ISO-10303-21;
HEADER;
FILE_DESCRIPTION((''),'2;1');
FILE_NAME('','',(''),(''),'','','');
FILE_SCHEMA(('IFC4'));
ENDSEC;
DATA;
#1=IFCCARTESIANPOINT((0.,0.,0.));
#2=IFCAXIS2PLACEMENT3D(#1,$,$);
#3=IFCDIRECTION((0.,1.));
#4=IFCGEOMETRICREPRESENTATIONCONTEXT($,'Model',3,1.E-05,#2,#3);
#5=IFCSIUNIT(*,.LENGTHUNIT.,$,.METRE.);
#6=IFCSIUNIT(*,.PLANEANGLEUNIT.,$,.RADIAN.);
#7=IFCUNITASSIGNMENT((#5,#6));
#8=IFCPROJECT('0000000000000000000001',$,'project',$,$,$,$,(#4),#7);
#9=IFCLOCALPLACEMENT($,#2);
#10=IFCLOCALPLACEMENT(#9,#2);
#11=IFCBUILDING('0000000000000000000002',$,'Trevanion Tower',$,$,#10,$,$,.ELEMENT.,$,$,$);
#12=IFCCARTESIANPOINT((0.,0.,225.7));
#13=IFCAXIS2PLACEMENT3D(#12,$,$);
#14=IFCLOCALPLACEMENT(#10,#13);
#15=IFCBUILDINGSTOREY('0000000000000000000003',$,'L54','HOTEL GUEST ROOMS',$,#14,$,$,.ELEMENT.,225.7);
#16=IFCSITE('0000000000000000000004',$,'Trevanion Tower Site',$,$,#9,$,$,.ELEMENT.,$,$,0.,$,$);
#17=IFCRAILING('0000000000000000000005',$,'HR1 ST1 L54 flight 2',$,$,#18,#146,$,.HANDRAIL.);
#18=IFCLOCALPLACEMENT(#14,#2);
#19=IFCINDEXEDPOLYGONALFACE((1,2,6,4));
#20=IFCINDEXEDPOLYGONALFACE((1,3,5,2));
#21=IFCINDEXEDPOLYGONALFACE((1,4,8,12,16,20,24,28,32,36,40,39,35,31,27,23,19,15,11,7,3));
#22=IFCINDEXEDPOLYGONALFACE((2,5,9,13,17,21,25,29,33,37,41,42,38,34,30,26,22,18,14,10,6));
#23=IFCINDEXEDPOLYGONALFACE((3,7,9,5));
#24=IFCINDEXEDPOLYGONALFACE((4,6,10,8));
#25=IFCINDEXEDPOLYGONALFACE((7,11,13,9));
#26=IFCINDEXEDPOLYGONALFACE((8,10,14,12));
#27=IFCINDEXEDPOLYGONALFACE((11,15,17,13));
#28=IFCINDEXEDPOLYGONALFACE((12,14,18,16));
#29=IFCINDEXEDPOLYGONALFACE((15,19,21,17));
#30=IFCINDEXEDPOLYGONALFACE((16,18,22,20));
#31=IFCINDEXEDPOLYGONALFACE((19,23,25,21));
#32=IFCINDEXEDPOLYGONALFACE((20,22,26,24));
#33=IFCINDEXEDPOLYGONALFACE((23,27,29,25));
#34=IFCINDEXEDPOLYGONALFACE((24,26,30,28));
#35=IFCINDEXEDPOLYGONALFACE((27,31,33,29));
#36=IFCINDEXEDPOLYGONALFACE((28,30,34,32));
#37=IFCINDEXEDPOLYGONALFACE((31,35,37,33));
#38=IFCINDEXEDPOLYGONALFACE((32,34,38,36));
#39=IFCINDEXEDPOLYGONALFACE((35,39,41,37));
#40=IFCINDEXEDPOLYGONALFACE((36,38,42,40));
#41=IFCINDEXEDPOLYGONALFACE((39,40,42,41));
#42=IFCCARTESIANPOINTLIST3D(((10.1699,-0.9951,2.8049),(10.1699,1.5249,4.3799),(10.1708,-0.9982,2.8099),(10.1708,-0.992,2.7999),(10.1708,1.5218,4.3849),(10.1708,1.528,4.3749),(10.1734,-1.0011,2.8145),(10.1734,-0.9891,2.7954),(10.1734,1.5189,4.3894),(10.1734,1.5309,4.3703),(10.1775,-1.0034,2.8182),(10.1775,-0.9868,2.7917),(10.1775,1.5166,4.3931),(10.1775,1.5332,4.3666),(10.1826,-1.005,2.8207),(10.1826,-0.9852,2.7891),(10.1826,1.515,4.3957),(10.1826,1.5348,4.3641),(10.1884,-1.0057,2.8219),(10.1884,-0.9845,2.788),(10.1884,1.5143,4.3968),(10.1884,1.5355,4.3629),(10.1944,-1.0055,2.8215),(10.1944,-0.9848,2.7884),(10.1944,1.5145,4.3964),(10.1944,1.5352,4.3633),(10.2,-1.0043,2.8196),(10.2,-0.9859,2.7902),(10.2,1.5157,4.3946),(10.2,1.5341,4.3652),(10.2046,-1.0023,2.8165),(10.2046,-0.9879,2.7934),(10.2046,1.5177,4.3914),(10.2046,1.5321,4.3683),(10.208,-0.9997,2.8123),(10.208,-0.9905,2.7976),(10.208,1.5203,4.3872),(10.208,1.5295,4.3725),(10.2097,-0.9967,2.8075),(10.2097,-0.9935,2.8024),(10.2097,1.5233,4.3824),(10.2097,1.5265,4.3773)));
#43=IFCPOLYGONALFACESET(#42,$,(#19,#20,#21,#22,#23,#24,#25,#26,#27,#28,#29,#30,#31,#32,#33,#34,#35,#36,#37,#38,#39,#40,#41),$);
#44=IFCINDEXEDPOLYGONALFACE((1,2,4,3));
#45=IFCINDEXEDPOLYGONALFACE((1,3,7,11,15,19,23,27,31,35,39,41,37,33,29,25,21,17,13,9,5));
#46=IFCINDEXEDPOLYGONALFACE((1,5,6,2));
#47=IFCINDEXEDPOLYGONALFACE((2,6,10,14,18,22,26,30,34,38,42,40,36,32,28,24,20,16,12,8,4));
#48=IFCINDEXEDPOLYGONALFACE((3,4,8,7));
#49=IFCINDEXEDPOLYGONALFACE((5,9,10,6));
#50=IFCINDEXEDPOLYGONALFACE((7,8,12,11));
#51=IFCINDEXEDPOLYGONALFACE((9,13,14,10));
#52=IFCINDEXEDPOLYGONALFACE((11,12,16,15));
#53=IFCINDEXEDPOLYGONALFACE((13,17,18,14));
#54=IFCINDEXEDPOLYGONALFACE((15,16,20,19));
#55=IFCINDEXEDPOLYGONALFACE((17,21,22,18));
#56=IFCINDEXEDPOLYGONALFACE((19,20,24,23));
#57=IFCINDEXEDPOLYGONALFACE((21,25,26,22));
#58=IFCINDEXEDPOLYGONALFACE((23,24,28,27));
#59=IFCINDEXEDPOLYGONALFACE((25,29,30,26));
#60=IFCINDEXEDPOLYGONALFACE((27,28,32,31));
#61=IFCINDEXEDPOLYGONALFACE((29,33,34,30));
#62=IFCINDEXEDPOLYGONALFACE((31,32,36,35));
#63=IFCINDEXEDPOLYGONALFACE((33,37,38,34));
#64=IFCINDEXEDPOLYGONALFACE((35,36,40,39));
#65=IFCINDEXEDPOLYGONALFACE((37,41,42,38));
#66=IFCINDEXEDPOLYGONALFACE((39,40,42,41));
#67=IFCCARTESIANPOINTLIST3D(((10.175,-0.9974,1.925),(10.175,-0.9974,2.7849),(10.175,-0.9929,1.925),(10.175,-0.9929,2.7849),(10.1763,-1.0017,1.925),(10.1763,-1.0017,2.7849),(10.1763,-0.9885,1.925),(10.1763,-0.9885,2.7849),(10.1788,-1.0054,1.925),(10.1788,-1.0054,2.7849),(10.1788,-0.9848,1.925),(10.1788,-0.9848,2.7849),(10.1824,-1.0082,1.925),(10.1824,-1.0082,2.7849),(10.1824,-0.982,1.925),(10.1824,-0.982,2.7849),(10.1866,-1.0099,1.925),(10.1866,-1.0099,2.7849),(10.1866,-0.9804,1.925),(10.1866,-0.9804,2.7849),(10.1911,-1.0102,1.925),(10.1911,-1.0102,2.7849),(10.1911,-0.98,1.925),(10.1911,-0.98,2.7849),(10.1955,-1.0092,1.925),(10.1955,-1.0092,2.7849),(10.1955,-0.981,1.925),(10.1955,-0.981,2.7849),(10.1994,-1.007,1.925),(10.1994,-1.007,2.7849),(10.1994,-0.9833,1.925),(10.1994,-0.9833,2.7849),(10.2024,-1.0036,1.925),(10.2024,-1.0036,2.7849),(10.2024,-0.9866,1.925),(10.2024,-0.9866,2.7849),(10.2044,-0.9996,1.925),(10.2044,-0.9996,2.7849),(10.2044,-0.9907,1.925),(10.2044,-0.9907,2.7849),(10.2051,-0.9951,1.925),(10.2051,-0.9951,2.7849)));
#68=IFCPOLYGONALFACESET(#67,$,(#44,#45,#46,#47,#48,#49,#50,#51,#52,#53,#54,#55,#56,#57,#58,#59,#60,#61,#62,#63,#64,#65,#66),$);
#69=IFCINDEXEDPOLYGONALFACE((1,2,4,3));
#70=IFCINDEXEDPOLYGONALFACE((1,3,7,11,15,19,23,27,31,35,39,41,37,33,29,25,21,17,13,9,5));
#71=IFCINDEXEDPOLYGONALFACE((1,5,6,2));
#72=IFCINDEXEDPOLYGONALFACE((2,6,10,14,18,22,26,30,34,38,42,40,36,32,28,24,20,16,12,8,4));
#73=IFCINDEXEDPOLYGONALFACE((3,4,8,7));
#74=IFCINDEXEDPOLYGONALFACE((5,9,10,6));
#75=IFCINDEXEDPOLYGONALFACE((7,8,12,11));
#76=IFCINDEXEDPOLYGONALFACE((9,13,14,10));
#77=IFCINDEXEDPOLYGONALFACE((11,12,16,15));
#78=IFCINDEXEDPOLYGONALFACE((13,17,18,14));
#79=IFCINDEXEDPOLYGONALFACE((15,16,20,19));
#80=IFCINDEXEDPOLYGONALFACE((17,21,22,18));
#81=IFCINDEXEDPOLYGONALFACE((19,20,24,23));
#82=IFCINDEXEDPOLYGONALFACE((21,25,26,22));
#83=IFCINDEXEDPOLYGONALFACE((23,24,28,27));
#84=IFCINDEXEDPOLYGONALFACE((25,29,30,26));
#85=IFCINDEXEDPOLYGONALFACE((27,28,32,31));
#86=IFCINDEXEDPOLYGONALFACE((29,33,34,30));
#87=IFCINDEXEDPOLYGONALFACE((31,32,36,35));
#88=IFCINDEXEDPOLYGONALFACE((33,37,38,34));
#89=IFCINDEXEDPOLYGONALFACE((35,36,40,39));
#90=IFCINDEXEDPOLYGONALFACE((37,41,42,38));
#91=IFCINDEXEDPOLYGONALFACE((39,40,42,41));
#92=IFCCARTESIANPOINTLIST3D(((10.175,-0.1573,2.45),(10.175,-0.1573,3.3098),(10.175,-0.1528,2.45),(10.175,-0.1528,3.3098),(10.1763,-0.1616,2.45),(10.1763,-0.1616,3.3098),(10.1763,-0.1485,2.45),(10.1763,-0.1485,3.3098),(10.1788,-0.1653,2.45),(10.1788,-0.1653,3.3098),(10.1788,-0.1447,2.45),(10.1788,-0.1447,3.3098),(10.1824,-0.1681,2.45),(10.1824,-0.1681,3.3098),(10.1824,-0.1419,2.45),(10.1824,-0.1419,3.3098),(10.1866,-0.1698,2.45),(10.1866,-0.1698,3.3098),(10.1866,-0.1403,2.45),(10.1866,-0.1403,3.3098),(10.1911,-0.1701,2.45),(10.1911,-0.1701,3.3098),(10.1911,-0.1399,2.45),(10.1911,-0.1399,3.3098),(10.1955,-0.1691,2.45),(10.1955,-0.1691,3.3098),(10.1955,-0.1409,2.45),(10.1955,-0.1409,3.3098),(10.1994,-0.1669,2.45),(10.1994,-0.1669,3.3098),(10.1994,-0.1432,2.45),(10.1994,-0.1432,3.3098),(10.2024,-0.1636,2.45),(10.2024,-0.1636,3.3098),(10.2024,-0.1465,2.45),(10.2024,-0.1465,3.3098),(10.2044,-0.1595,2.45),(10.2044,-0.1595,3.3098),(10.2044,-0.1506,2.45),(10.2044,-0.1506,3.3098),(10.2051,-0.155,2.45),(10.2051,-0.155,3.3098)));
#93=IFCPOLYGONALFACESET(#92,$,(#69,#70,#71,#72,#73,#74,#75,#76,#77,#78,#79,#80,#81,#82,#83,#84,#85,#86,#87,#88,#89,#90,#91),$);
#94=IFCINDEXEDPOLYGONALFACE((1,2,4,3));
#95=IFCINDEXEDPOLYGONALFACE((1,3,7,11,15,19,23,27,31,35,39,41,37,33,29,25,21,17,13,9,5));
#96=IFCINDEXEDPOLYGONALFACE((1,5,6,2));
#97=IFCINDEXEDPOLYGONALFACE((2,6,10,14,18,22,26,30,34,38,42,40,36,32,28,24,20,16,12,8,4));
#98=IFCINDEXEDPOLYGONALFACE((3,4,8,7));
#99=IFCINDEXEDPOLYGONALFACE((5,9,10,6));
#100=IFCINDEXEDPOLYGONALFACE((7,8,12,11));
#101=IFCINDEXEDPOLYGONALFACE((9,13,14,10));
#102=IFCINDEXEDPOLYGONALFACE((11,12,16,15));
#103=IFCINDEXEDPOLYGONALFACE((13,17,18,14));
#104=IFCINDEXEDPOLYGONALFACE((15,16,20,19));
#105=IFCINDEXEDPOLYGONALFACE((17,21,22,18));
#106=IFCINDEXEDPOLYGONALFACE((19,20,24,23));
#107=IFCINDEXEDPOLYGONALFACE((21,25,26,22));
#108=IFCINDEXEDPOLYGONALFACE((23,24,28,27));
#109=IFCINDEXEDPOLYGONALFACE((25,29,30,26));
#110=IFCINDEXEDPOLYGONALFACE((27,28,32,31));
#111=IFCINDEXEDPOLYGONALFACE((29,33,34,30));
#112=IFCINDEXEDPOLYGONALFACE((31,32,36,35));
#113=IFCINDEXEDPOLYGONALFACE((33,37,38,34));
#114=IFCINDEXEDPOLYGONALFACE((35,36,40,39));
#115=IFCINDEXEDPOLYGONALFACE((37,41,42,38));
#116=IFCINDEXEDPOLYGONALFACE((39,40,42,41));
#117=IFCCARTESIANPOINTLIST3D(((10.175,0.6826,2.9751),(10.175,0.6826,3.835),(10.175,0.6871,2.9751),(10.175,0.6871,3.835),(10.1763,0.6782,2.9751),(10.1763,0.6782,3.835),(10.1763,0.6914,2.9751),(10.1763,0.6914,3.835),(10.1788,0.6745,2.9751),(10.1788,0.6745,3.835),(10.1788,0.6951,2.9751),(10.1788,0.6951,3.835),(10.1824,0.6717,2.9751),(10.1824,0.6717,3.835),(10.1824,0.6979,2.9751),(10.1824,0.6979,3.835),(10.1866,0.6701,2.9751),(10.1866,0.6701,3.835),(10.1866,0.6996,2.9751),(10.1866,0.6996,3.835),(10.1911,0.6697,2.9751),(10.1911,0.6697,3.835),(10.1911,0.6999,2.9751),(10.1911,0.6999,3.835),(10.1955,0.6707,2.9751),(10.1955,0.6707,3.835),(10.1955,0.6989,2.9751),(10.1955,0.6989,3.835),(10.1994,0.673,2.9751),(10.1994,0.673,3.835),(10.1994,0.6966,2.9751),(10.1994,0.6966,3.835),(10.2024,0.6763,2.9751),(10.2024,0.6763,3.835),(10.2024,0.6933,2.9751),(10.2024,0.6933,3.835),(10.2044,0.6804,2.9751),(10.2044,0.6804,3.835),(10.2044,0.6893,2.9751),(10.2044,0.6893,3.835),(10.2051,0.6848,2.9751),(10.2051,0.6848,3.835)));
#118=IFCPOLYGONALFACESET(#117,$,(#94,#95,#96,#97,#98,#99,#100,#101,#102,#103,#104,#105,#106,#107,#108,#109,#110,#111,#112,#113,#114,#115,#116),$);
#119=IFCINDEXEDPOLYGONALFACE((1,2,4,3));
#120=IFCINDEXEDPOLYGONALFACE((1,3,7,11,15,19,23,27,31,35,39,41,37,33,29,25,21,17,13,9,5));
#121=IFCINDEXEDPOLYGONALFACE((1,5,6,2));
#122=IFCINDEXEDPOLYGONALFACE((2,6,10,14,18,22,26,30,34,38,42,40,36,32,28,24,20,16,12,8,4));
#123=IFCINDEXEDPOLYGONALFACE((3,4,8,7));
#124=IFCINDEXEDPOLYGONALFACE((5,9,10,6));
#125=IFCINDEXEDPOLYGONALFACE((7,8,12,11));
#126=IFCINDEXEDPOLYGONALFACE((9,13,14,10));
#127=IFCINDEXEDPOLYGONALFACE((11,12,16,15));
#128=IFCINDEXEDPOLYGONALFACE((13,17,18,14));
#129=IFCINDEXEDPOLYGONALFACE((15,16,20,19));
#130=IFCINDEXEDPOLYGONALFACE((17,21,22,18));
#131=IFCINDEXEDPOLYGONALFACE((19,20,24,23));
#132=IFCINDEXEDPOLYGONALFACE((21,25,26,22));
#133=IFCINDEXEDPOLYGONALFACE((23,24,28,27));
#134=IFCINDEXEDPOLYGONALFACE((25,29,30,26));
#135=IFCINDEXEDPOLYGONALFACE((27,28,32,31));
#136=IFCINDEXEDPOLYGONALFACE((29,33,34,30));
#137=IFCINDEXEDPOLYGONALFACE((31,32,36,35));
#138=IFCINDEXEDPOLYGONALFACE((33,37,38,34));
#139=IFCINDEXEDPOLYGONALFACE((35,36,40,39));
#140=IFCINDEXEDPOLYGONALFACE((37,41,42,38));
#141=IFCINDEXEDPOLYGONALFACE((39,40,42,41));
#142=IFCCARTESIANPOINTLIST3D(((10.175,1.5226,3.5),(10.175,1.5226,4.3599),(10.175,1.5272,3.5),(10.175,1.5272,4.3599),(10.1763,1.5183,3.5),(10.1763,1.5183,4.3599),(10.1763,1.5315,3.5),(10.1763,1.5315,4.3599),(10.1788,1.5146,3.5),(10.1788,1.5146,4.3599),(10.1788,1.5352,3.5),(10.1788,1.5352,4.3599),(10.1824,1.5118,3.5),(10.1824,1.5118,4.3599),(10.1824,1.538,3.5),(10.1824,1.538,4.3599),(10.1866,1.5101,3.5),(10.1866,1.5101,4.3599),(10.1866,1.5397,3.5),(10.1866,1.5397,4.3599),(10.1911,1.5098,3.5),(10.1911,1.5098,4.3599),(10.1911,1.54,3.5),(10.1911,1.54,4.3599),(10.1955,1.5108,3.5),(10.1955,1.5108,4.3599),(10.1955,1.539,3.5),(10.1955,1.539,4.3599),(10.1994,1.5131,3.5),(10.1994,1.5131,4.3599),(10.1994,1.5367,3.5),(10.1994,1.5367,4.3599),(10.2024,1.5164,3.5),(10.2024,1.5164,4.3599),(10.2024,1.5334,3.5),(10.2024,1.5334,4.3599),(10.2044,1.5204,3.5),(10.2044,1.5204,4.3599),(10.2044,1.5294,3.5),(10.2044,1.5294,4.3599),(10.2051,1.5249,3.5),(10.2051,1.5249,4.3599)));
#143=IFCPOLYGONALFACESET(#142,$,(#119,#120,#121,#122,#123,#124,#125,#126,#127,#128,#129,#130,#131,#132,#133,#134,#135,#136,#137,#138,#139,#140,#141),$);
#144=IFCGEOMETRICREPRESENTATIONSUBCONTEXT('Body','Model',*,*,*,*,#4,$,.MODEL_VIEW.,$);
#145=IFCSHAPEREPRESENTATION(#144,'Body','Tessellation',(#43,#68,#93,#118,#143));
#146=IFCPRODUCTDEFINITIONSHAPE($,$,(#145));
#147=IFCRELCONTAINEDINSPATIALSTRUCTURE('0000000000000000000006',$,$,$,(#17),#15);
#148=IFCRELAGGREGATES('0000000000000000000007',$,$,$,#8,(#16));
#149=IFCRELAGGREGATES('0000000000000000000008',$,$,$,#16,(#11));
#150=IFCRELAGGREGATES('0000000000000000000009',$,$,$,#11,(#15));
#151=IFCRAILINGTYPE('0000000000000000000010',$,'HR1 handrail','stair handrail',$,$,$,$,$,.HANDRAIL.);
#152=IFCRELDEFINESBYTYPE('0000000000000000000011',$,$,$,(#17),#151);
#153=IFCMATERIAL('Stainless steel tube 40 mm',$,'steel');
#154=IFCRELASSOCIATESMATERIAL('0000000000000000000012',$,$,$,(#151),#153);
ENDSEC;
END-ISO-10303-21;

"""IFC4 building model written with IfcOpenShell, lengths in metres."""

from ifc_helpers import new_model, si_unit, direction, frame, origin, origin_2d, place, context, subcontext, project, spatial, circle, extrude, material, type_object, element, save


model = new_model("IFC4")

# Units and contexts
model_context = context("Model", 3, precision=1e-05, world=origin(), true_north=direction((0.0, 1.0)))
body_context = subcontext(model_context, "Body", "Model", "MODEL_VIEW")
ifc_project = project(units=[si_unit("LENGTHUNIT", "METRE"), si_unit("PLANEANGLEUNIT", "RADIAN")], contexts=[model_context])

# Site, building, storey
site_placement = place(None, origin())
site = spatial("IfcSite", under=ifc_project, at=site_placement, Name="Trevanion Tower Site", CompositionType="ELEMENT", RefElevation=0.0)
building_placement = place(site_placement, origin())
building = spatial("IfcBuilding", under=site, at=building_placement, Name="Trevanion Tower", CompositionType="ELEMENT")
storey_placement = place(building_placement, frame((0.0, 0.0, 225.7)))
storey = spatial("IfcBuildingStorey", under=building, at=storey_placement, Name="L54", Description="HOTEL GUEST ROOMS", CompositionType="ELEMENT", Elevation=225.7)

# Railing
ifc_material_1 = material(Name="Stainless steel tube 40 mm", Category="steel")
railing_type = type_object("IfcRailingType", Name="HR1 handrail", Description="stair handrail", PredefinedType="HANDRAIL", material=ifc_material_1)
for number, where, name in (
    (1, (10.1899, -0.9951, 1.925), "HR1 ST1 L54 flight 2"),
):
    element("IfcRailing", number, at=place(storey_placement, frame(where)), inside=storey, type_object=railing_type, Name=name, PredefinedType="HANDRAIL", context=body_context, shape_type="SweptSolid", body=[
        extrude(circle(Radius=0.02, at=origin_2d()), frame((0.0, 0.0, 0.8799), z_axis=(0.0, 0.848008, 0.529984), x_axis=(-1.0, 0.0, 0.0)), (0.0, 0.0, 1.0), 2.9717),
        extrude(circle(Radius=0.0151, at=origin_2d()), origin(), (0.0, 0.0, 1.0), 0.8599),
        extrude(circle(Radius=0.0151, at=origin_2d()), frame((0.0, 0.8401, 0.5249)), (0.0, 0.0, 1.0), 0.8599),
        extrude(circle(Radius=0.0151, at=origin_2d()), frame((0.0, 1.6799, 1.05)), (0.0, 0.0, 1.0), 0.8599),
        extrude(circle(Radius=0.0151, at=origin_2d()), frame((0.0, 2.52, 1.575)), (0.0, 0.0, 1.0), 0.8599),
    ])

save(model, "model.ifc")
